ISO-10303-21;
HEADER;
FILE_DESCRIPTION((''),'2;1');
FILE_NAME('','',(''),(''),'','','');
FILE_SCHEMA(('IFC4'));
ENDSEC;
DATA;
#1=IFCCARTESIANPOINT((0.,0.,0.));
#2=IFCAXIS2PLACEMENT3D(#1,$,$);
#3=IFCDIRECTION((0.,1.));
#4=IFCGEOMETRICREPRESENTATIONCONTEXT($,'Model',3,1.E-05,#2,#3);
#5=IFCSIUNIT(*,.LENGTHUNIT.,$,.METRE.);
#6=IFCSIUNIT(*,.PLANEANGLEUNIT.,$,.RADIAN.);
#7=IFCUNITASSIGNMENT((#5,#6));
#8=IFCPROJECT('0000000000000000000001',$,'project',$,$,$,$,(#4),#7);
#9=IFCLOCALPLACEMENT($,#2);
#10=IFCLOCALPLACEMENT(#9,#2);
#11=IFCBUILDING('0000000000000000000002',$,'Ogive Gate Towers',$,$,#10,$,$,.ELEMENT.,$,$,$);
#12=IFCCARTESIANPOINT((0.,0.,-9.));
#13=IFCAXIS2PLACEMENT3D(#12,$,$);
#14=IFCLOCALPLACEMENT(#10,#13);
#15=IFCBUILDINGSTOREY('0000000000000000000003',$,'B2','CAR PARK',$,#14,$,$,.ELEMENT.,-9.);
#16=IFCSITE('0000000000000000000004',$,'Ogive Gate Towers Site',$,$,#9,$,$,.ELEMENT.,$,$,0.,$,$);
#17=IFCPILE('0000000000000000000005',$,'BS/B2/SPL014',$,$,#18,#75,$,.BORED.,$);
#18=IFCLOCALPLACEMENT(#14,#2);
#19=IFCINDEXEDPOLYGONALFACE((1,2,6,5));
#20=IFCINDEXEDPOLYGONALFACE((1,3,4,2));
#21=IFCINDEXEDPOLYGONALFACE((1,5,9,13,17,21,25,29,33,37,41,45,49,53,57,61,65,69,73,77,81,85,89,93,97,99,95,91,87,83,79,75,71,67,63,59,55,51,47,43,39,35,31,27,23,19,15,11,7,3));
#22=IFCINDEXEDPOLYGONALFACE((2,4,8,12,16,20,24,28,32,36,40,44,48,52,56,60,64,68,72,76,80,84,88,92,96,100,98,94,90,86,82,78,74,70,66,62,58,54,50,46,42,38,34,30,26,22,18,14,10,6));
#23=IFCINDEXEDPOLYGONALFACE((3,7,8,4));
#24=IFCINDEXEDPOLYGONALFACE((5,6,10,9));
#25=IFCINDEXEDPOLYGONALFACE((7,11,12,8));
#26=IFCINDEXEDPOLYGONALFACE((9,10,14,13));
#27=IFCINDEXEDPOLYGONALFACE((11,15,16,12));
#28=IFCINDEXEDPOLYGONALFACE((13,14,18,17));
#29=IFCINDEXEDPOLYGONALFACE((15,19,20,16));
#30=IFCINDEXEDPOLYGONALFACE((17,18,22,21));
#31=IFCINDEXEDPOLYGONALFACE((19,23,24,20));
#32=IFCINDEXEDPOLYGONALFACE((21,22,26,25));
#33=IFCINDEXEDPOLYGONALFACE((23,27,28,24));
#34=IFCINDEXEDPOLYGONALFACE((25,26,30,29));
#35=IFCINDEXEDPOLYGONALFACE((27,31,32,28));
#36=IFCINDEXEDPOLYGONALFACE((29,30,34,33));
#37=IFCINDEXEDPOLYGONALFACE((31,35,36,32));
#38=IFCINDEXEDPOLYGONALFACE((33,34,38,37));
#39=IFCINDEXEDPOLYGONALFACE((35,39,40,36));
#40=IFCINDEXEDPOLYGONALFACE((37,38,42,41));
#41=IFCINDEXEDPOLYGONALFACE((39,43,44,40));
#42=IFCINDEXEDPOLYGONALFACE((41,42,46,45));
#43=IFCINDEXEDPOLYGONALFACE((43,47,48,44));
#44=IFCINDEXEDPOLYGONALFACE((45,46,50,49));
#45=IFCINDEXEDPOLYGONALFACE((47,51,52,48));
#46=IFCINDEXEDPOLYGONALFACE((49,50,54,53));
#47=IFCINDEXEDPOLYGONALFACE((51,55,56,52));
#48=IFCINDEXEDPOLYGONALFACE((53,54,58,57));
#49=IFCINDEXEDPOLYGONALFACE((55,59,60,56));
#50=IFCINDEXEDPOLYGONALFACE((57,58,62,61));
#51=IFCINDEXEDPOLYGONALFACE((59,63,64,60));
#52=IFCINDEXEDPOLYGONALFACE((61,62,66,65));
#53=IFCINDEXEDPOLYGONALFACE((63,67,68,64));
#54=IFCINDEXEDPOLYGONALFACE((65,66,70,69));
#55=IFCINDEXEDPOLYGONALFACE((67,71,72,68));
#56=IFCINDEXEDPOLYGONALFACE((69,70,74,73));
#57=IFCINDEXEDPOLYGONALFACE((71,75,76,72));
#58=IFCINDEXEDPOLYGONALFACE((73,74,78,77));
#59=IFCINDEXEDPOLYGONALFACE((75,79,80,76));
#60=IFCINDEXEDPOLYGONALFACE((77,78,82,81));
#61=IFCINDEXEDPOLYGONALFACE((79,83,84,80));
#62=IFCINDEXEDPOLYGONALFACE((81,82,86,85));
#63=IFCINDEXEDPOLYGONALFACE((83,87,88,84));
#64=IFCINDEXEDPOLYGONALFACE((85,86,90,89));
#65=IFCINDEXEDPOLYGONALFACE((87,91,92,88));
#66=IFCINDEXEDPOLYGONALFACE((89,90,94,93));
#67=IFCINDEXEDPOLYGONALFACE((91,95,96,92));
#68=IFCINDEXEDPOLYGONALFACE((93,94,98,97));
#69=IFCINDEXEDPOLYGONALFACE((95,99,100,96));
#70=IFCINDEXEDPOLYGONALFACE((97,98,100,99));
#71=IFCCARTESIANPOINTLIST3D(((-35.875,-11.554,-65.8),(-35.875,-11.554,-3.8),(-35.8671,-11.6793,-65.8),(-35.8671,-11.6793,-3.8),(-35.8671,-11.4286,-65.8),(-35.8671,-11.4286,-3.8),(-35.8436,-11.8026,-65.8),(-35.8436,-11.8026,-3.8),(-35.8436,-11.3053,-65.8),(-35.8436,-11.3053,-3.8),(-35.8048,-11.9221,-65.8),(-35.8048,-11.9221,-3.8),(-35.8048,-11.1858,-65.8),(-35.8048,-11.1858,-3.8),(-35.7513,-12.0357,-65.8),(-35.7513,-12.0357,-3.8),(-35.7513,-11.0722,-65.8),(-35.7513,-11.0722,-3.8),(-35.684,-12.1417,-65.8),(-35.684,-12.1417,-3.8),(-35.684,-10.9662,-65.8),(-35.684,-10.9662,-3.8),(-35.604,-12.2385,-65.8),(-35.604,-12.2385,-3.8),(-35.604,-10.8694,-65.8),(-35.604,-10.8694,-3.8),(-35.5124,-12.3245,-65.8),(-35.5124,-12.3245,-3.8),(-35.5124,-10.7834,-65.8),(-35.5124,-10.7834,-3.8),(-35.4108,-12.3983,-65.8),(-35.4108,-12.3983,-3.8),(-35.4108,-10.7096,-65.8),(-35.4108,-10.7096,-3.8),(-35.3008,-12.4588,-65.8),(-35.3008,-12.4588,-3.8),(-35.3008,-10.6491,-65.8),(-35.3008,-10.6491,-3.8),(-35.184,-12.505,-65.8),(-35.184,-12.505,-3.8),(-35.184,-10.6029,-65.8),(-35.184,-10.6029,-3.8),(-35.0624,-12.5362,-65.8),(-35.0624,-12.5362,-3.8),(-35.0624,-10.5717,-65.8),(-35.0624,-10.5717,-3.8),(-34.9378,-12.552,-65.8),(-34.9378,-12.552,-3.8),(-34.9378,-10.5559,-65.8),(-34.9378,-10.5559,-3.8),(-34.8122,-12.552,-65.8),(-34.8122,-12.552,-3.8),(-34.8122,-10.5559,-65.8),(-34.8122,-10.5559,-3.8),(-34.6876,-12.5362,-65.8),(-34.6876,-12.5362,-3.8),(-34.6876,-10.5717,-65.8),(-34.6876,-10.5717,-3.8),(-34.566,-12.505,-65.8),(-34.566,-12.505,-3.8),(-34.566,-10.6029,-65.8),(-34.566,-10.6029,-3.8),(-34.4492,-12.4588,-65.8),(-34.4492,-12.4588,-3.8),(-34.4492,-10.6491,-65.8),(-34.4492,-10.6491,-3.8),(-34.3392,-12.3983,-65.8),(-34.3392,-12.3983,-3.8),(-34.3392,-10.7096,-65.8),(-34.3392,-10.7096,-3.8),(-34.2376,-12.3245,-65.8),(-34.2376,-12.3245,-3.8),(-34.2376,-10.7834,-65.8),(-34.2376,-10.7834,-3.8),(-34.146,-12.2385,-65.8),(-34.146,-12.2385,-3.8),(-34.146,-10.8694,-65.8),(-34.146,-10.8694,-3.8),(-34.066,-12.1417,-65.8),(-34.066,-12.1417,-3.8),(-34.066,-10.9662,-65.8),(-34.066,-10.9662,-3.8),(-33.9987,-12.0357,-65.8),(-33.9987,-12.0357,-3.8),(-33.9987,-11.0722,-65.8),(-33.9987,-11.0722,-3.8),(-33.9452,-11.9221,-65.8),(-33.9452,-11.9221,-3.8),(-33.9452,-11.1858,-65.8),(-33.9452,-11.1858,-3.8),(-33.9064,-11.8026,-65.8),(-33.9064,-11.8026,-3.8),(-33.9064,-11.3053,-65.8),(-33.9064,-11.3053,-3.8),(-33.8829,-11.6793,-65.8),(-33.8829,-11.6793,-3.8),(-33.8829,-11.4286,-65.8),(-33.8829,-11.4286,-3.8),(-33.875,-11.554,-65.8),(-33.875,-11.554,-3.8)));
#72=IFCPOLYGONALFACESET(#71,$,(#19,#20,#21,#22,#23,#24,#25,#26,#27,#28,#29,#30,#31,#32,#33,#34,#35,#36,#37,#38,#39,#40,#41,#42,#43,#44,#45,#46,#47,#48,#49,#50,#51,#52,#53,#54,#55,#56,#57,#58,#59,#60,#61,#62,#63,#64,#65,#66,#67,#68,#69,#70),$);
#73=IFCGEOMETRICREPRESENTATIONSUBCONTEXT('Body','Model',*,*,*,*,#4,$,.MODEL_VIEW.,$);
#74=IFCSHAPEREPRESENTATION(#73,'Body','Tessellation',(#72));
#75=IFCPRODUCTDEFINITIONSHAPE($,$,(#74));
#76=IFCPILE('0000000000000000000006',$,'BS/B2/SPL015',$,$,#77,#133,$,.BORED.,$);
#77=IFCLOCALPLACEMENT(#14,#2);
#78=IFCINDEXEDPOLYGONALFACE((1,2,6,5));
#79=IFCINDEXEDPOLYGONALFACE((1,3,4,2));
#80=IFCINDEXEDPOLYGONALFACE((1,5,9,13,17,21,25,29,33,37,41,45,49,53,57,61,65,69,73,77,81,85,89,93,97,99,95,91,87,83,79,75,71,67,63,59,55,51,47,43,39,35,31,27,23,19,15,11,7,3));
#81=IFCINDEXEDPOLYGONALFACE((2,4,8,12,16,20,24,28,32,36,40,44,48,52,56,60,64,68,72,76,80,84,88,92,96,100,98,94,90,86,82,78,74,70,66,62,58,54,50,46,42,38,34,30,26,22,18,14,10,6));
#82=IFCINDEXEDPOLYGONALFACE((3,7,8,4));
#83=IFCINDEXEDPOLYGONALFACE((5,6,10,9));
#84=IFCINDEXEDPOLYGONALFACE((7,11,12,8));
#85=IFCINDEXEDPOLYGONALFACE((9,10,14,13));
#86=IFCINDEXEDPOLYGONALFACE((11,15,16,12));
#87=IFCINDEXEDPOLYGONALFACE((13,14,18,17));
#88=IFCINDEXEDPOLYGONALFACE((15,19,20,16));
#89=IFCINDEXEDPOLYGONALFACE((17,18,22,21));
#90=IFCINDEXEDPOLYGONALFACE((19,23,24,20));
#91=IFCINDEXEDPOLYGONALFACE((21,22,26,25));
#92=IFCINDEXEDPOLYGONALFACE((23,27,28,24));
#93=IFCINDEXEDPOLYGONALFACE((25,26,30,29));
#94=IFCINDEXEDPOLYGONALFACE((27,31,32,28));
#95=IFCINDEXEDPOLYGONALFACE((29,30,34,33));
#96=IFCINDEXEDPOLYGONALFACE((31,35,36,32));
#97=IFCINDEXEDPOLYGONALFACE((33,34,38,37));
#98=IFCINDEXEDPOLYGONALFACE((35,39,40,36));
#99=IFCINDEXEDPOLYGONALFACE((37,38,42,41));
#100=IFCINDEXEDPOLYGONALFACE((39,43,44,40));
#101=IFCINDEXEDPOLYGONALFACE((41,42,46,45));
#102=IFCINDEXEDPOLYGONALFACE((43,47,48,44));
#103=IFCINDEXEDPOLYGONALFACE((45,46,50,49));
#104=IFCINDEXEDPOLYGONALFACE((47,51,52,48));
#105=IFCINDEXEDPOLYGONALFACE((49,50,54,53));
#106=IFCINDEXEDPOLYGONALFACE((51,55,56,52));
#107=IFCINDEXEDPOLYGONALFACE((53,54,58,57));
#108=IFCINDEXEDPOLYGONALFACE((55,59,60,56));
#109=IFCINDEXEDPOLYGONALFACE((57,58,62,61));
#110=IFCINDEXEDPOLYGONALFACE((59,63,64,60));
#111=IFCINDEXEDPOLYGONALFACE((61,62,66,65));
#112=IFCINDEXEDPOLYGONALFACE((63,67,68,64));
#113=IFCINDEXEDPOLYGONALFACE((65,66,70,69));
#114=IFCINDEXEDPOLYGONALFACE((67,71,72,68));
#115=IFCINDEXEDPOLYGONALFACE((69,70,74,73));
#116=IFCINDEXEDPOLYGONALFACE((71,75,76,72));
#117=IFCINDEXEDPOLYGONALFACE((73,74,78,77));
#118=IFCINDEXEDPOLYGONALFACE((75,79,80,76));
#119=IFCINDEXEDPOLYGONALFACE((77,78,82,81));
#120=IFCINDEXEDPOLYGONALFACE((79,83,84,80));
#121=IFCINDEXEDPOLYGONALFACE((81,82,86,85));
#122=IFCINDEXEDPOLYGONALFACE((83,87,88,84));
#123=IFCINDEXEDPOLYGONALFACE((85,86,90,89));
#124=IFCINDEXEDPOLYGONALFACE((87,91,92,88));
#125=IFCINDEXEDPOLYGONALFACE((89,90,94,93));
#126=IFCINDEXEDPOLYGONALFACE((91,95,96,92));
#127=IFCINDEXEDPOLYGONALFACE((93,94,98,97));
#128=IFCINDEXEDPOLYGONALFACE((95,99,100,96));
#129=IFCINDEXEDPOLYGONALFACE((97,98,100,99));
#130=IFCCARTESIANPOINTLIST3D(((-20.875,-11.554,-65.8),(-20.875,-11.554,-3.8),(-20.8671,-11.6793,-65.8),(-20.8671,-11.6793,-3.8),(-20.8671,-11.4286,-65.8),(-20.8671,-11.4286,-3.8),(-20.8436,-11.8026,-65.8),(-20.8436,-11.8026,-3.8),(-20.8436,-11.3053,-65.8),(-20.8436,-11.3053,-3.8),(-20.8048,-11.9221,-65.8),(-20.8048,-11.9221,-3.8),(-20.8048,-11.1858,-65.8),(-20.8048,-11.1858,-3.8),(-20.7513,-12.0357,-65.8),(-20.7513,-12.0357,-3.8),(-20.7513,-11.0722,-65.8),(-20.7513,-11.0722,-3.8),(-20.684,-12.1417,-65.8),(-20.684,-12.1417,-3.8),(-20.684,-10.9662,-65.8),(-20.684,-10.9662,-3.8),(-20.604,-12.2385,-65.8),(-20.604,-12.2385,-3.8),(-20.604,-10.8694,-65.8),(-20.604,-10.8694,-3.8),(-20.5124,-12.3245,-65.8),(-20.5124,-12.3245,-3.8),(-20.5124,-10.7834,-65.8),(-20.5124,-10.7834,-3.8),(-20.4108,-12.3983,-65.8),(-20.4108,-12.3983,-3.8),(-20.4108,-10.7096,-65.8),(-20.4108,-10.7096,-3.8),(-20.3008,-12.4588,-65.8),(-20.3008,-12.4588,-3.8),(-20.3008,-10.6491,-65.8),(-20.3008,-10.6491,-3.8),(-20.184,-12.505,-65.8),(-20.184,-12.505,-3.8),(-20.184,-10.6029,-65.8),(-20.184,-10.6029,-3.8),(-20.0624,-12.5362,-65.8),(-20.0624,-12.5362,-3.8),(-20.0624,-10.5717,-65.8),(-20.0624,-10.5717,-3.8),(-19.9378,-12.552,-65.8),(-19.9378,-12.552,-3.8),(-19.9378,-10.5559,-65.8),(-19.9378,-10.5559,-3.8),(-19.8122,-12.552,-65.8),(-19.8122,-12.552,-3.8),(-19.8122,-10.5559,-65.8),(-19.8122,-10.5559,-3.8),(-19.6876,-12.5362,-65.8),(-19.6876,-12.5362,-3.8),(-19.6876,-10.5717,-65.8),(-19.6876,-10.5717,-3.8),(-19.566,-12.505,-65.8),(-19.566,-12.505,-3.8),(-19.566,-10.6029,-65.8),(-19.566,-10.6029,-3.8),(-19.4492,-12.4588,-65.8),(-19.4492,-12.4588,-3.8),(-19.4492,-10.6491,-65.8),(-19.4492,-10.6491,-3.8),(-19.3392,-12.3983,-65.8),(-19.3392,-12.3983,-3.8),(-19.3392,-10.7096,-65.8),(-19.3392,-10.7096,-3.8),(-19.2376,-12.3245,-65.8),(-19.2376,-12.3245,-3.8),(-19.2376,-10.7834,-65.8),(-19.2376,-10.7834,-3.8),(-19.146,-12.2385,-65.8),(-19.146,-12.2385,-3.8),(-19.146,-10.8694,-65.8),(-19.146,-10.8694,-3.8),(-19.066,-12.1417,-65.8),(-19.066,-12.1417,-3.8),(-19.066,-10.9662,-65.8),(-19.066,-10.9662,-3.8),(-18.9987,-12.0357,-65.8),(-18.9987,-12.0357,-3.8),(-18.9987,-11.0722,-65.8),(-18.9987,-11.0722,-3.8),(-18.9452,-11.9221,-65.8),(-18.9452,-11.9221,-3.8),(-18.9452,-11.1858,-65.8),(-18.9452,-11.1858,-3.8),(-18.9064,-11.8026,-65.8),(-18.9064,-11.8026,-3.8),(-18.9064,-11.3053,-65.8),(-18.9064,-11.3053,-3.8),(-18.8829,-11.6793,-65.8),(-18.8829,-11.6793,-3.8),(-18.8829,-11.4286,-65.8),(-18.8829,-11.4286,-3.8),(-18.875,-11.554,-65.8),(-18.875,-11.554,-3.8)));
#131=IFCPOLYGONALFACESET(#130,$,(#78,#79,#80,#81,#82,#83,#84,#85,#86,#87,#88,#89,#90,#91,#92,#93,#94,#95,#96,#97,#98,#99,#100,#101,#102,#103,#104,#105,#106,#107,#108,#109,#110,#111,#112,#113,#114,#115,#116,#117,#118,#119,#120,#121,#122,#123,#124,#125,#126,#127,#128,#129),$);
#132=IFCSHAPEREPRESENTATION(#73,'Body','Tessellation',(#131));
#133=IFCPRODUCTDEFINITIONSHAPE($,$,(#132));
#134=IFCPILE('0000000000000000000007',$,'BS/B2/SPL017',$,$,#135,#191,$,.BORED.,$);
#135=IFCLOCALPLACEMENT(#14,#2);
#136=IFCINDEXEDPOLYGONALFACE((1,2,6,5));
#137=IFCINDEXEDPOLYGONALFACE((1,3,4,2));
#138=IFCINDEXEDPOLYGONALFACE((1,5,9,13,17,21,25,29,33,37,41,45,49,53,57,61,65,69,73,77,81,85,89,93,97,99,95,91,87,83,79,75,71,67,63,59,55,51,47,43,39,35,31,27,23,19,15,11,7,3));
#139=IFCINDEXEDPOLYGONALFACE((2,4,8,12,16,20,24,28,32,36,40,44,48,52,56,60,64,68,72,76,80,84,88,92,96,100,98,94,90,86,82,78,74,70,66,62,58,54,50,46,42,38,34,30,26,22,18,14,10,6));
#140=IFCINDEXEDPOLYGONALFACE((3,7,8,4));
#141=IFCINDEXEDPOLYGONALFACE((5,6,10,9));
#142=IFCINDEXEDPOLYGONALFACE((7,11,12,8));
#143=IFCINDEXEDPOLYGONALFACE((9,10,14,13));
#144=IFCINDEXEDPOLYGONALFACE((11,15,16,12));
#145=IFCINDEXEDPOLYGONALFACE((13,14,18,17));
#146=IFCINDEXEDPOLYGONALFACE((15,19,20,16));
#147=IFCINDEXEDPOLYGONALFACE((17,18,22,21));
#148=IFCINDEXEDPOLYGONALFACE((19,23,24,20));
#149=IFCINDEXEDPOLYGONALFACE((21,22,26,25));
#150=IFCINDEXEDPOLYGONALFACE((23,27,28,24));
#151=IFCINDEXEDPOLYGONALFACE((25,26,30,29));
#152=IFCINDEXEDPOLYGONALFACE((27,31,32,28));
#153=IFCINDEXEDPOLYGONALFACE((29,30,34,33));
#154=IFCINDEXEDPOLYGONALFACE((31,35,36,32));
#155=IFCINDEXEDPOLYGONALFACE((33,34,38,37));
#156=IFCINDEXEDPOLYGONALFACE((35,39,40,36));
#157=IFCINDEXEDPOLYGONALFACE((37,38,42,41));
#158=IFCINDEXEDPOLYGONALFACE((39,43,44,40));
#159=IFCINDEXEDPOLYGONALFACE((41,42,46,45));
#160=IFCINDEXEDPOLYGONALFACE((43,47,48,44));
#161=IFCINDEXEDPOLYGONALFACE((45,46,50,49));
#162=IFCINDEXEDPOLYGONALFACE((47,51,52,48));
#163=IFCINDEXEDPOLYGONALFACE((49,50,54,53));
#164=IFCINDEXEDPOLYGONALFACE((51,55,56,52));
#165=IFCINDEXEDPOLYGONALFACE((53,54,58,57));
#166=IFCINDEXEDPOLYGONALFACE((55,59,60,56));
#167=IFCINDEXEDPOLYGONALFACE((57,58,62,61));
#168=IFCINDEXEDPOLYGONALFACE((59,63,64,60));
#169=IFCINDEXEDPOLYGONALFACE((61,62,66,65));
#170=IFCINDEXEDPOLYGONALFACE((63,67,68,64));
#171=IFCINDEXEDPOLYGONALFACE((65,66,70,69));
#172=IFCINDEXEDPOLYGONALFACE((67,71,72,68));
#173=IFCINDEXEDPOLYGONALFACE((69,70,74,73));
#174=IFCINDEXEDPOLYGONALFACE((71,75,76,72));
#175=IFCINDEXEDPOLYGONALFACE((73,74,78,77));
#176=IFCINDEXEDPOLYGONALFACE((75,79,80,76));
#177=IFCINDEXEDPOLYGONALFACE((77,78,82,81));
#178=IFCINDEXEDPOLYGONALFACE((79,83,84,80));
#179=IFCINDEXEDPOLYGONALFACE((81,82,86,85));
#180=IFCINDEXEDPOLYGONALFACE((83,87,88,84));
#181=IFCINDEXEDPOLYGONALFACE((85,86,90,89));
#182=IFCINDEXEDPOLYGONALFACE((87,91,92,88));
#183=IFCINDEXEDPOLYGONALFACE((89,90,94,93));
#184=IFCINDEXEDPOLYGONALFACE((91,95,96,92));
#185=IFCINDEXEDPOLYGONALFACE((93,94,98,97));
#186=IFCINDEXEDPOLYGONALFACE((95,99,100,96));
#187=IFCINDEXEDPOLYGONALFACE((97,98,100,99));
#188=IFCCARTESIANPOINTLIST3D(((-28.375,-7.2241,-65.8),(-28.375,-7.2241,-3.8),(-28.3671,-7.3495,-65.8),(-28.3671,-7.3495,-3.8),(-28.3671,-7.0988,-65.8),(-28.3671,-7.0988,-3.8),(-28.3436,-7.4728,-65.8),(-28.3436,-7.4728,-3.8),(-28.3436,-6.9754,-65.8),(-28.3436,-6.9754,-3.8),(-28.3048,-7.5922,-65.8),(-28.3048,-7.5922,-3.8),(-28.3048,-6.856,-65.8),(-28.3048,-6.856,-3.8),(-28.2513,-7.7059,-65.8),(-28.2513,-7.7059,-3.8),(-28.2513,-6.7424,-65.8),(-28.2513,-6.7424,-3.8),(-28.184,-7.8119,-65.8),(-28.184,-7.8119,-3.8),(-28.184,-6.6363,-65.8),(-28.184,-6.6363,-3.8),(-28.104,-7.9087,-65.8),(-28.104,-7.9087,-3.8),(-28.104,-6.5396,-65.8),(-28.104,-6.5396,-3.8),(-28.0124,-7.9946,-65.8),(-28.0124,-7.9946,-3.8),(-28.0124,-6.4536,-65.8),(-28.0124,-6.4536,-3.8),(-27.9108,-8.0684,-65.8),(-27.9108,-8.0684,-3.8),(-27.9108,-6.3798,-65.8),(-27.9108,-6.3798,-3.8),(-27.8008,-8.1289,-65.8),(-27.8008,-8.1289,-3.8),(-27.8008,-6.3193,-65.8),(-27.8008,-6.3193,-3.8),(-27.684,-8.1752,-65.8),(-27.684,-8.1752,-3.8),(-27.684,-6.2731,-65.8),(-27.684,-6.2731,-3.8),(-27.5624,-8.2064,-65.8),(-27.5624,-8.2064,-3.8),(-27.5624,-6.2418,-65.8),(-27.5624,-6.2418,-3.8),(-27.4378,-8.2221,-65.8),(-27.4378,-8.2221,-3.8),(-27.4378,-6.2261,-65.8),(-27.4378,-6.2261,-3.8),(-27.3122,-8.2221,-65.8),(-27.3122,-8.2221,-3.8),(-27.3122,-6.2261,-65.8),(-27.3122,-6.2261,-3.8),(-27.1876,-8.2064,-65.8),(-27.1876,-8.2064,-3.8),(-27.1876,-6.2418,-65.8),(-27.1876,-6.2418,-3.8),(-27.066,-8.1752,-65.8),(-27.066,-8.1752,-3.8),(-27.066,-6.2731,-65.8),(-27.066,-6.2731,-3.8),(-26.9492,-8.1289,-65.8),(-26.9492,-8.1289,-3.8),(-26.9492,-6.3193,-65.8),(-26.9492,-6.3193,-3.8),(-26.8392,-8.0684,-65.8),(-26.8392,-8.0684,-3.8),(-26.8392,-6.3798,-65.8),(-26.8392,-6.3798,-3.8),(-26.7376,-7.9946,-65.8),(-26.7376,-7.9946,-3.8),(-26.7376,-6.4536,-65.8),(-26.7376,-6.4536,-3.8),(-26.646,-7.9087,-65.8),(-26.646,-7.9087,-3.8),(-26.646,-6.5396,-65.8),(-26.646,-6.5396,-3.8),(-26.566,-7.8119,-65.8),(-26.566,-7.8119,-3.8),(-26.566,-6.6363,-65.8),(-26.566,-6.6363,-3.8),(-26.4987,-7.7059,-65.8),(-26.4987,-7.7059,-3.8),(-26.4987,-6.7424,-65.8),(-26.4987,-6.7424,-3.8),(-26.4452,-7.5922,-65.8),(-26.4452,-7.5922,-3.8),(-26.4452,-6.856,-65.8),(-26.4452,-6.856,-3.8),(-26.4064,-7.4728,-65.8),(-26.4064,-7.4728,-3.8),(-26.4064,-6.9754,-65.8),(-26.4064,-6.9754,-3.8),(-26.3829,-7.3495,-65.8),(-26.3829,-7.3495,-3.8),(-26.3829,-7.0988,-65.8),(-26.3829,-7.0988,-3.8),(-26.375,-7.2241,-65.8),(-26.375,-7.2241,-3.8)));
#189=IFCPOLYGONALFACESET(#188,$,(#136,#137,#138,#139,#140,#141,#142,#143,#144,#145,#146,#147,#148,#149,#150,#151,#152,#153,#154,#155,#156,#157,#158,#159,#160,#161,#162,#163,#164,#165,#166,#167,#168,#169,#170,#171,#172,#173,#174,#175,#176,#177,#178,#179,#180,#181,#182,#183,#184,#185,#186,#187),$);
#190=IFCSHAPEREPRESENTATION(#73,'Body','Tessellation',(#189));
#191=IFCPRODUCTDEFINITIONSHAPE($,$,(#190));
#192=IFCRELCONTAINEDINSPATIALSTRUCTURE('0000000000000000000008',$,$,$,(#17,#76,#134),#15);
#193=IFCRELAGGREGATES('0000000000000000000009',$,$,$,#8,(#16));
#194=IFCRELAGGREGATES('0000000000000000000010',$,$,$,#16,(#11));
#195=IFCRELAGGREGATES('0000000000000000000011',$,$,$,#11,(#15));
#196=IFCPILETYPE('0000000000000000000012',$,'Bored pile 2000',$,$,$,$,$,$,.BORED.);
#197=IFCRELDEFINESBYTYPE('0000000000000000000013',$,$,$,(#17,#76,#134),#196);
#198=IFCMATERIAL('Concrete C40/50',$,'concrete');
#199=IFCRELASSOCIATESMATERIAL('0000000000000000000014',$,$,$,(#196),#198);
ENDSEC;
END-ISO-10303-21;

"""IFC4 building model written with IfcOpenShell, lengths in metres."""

from ifc_helpers import new_model, si_unit, direction, frame, origin, origin_2d, place, context, subcontext, project, spatial, circle, extrude, material, material_profile, profile_set, type_object, element, save


model = new_model("IFC4")

# Units and contexts
model_context = context("Model", 3, precision=1e-05, world=origin(), true_north=direction((0.0, 1.0)))
body_context = subcontext(model_context, "Body", "Model", "MODEL_VIEW")
ifc_project = project(units=[si_unit("LENGTHUNIT", "METRE"), si_unit("PLANEANGLEUNIT", "RADIAN")], contexts=[model_context])

# Site, building, storey
site_placement = place(None, origin())
site = spatial("IfcSite", under=ifc_project, at=site_placement, Name="Ogive Gate Towers Site", CompositionType="ELEMENT", RefElevation=0.0)
building_placement = place(site_placement, origin())
building = spatial("IfcBuilding", under=site, at=building_placement, Name="Ogive Gate Towers", CompositionType="ELEMENT")
storey_placement = place(building_placement, frame((0.0, 0.0, -9.0)))
storey = spatial("IfcBuildingStorey", under=building, at=storey_placement, Name="B2", Description="CAR PARK", CompositionType="ELEMENT", Elevation=-9.0)

# Piles
ifc_material_1 = material(Name="Concrete C40/50", Category="concrete")
ifc_material_profile_1 = material_profile(ifc_material_1, circle(Radius=1.0, at=origin_2d()), Name="BP 2000")
ifc_profile_set_1 = profile_set([ifc_material_profile_1], Name="Concrete C40/50")
pile_type_1 = type_object("IfcPileType", Name="Bored pile 2000", PredefinedType="BORED", material=ifc_profile_set_1)
for number, where, z_axis, x_axis, name in (
    (1, (-34.875, -11.554, -3.8), (0.0, 0.0, -1.0), (1.0, 0.0, 0.0), "BS/B2/SPL014"),
    (2, (-19.875, -11.554, -3.8), (0.0, 0.0, -1.0), (1.0, 0.0, 0.0), "BS/B2/SPL015"),
    (3, (-27.375, -7.2241, -3.8), (0.0, 0.0, -1.0), (1.0, 0.0, 0.0), "BS/B2/SPL017"),
):
    element("IfcPile", number, at=place(storey_placement, frame(where, z_axis=z_axis, x_axis=x_axis)), inside=storey, type_object=pile_type_1, Name=name, PredefinedType="BORED", context=body_context, shape_type="SweptSolid", body=[
        extrude(circle(Radius=1.0, at=origin_2d()), origin(), (0.0, 0.0, 1.0), 62.0),
    ])

save(model, "model.ifc")
